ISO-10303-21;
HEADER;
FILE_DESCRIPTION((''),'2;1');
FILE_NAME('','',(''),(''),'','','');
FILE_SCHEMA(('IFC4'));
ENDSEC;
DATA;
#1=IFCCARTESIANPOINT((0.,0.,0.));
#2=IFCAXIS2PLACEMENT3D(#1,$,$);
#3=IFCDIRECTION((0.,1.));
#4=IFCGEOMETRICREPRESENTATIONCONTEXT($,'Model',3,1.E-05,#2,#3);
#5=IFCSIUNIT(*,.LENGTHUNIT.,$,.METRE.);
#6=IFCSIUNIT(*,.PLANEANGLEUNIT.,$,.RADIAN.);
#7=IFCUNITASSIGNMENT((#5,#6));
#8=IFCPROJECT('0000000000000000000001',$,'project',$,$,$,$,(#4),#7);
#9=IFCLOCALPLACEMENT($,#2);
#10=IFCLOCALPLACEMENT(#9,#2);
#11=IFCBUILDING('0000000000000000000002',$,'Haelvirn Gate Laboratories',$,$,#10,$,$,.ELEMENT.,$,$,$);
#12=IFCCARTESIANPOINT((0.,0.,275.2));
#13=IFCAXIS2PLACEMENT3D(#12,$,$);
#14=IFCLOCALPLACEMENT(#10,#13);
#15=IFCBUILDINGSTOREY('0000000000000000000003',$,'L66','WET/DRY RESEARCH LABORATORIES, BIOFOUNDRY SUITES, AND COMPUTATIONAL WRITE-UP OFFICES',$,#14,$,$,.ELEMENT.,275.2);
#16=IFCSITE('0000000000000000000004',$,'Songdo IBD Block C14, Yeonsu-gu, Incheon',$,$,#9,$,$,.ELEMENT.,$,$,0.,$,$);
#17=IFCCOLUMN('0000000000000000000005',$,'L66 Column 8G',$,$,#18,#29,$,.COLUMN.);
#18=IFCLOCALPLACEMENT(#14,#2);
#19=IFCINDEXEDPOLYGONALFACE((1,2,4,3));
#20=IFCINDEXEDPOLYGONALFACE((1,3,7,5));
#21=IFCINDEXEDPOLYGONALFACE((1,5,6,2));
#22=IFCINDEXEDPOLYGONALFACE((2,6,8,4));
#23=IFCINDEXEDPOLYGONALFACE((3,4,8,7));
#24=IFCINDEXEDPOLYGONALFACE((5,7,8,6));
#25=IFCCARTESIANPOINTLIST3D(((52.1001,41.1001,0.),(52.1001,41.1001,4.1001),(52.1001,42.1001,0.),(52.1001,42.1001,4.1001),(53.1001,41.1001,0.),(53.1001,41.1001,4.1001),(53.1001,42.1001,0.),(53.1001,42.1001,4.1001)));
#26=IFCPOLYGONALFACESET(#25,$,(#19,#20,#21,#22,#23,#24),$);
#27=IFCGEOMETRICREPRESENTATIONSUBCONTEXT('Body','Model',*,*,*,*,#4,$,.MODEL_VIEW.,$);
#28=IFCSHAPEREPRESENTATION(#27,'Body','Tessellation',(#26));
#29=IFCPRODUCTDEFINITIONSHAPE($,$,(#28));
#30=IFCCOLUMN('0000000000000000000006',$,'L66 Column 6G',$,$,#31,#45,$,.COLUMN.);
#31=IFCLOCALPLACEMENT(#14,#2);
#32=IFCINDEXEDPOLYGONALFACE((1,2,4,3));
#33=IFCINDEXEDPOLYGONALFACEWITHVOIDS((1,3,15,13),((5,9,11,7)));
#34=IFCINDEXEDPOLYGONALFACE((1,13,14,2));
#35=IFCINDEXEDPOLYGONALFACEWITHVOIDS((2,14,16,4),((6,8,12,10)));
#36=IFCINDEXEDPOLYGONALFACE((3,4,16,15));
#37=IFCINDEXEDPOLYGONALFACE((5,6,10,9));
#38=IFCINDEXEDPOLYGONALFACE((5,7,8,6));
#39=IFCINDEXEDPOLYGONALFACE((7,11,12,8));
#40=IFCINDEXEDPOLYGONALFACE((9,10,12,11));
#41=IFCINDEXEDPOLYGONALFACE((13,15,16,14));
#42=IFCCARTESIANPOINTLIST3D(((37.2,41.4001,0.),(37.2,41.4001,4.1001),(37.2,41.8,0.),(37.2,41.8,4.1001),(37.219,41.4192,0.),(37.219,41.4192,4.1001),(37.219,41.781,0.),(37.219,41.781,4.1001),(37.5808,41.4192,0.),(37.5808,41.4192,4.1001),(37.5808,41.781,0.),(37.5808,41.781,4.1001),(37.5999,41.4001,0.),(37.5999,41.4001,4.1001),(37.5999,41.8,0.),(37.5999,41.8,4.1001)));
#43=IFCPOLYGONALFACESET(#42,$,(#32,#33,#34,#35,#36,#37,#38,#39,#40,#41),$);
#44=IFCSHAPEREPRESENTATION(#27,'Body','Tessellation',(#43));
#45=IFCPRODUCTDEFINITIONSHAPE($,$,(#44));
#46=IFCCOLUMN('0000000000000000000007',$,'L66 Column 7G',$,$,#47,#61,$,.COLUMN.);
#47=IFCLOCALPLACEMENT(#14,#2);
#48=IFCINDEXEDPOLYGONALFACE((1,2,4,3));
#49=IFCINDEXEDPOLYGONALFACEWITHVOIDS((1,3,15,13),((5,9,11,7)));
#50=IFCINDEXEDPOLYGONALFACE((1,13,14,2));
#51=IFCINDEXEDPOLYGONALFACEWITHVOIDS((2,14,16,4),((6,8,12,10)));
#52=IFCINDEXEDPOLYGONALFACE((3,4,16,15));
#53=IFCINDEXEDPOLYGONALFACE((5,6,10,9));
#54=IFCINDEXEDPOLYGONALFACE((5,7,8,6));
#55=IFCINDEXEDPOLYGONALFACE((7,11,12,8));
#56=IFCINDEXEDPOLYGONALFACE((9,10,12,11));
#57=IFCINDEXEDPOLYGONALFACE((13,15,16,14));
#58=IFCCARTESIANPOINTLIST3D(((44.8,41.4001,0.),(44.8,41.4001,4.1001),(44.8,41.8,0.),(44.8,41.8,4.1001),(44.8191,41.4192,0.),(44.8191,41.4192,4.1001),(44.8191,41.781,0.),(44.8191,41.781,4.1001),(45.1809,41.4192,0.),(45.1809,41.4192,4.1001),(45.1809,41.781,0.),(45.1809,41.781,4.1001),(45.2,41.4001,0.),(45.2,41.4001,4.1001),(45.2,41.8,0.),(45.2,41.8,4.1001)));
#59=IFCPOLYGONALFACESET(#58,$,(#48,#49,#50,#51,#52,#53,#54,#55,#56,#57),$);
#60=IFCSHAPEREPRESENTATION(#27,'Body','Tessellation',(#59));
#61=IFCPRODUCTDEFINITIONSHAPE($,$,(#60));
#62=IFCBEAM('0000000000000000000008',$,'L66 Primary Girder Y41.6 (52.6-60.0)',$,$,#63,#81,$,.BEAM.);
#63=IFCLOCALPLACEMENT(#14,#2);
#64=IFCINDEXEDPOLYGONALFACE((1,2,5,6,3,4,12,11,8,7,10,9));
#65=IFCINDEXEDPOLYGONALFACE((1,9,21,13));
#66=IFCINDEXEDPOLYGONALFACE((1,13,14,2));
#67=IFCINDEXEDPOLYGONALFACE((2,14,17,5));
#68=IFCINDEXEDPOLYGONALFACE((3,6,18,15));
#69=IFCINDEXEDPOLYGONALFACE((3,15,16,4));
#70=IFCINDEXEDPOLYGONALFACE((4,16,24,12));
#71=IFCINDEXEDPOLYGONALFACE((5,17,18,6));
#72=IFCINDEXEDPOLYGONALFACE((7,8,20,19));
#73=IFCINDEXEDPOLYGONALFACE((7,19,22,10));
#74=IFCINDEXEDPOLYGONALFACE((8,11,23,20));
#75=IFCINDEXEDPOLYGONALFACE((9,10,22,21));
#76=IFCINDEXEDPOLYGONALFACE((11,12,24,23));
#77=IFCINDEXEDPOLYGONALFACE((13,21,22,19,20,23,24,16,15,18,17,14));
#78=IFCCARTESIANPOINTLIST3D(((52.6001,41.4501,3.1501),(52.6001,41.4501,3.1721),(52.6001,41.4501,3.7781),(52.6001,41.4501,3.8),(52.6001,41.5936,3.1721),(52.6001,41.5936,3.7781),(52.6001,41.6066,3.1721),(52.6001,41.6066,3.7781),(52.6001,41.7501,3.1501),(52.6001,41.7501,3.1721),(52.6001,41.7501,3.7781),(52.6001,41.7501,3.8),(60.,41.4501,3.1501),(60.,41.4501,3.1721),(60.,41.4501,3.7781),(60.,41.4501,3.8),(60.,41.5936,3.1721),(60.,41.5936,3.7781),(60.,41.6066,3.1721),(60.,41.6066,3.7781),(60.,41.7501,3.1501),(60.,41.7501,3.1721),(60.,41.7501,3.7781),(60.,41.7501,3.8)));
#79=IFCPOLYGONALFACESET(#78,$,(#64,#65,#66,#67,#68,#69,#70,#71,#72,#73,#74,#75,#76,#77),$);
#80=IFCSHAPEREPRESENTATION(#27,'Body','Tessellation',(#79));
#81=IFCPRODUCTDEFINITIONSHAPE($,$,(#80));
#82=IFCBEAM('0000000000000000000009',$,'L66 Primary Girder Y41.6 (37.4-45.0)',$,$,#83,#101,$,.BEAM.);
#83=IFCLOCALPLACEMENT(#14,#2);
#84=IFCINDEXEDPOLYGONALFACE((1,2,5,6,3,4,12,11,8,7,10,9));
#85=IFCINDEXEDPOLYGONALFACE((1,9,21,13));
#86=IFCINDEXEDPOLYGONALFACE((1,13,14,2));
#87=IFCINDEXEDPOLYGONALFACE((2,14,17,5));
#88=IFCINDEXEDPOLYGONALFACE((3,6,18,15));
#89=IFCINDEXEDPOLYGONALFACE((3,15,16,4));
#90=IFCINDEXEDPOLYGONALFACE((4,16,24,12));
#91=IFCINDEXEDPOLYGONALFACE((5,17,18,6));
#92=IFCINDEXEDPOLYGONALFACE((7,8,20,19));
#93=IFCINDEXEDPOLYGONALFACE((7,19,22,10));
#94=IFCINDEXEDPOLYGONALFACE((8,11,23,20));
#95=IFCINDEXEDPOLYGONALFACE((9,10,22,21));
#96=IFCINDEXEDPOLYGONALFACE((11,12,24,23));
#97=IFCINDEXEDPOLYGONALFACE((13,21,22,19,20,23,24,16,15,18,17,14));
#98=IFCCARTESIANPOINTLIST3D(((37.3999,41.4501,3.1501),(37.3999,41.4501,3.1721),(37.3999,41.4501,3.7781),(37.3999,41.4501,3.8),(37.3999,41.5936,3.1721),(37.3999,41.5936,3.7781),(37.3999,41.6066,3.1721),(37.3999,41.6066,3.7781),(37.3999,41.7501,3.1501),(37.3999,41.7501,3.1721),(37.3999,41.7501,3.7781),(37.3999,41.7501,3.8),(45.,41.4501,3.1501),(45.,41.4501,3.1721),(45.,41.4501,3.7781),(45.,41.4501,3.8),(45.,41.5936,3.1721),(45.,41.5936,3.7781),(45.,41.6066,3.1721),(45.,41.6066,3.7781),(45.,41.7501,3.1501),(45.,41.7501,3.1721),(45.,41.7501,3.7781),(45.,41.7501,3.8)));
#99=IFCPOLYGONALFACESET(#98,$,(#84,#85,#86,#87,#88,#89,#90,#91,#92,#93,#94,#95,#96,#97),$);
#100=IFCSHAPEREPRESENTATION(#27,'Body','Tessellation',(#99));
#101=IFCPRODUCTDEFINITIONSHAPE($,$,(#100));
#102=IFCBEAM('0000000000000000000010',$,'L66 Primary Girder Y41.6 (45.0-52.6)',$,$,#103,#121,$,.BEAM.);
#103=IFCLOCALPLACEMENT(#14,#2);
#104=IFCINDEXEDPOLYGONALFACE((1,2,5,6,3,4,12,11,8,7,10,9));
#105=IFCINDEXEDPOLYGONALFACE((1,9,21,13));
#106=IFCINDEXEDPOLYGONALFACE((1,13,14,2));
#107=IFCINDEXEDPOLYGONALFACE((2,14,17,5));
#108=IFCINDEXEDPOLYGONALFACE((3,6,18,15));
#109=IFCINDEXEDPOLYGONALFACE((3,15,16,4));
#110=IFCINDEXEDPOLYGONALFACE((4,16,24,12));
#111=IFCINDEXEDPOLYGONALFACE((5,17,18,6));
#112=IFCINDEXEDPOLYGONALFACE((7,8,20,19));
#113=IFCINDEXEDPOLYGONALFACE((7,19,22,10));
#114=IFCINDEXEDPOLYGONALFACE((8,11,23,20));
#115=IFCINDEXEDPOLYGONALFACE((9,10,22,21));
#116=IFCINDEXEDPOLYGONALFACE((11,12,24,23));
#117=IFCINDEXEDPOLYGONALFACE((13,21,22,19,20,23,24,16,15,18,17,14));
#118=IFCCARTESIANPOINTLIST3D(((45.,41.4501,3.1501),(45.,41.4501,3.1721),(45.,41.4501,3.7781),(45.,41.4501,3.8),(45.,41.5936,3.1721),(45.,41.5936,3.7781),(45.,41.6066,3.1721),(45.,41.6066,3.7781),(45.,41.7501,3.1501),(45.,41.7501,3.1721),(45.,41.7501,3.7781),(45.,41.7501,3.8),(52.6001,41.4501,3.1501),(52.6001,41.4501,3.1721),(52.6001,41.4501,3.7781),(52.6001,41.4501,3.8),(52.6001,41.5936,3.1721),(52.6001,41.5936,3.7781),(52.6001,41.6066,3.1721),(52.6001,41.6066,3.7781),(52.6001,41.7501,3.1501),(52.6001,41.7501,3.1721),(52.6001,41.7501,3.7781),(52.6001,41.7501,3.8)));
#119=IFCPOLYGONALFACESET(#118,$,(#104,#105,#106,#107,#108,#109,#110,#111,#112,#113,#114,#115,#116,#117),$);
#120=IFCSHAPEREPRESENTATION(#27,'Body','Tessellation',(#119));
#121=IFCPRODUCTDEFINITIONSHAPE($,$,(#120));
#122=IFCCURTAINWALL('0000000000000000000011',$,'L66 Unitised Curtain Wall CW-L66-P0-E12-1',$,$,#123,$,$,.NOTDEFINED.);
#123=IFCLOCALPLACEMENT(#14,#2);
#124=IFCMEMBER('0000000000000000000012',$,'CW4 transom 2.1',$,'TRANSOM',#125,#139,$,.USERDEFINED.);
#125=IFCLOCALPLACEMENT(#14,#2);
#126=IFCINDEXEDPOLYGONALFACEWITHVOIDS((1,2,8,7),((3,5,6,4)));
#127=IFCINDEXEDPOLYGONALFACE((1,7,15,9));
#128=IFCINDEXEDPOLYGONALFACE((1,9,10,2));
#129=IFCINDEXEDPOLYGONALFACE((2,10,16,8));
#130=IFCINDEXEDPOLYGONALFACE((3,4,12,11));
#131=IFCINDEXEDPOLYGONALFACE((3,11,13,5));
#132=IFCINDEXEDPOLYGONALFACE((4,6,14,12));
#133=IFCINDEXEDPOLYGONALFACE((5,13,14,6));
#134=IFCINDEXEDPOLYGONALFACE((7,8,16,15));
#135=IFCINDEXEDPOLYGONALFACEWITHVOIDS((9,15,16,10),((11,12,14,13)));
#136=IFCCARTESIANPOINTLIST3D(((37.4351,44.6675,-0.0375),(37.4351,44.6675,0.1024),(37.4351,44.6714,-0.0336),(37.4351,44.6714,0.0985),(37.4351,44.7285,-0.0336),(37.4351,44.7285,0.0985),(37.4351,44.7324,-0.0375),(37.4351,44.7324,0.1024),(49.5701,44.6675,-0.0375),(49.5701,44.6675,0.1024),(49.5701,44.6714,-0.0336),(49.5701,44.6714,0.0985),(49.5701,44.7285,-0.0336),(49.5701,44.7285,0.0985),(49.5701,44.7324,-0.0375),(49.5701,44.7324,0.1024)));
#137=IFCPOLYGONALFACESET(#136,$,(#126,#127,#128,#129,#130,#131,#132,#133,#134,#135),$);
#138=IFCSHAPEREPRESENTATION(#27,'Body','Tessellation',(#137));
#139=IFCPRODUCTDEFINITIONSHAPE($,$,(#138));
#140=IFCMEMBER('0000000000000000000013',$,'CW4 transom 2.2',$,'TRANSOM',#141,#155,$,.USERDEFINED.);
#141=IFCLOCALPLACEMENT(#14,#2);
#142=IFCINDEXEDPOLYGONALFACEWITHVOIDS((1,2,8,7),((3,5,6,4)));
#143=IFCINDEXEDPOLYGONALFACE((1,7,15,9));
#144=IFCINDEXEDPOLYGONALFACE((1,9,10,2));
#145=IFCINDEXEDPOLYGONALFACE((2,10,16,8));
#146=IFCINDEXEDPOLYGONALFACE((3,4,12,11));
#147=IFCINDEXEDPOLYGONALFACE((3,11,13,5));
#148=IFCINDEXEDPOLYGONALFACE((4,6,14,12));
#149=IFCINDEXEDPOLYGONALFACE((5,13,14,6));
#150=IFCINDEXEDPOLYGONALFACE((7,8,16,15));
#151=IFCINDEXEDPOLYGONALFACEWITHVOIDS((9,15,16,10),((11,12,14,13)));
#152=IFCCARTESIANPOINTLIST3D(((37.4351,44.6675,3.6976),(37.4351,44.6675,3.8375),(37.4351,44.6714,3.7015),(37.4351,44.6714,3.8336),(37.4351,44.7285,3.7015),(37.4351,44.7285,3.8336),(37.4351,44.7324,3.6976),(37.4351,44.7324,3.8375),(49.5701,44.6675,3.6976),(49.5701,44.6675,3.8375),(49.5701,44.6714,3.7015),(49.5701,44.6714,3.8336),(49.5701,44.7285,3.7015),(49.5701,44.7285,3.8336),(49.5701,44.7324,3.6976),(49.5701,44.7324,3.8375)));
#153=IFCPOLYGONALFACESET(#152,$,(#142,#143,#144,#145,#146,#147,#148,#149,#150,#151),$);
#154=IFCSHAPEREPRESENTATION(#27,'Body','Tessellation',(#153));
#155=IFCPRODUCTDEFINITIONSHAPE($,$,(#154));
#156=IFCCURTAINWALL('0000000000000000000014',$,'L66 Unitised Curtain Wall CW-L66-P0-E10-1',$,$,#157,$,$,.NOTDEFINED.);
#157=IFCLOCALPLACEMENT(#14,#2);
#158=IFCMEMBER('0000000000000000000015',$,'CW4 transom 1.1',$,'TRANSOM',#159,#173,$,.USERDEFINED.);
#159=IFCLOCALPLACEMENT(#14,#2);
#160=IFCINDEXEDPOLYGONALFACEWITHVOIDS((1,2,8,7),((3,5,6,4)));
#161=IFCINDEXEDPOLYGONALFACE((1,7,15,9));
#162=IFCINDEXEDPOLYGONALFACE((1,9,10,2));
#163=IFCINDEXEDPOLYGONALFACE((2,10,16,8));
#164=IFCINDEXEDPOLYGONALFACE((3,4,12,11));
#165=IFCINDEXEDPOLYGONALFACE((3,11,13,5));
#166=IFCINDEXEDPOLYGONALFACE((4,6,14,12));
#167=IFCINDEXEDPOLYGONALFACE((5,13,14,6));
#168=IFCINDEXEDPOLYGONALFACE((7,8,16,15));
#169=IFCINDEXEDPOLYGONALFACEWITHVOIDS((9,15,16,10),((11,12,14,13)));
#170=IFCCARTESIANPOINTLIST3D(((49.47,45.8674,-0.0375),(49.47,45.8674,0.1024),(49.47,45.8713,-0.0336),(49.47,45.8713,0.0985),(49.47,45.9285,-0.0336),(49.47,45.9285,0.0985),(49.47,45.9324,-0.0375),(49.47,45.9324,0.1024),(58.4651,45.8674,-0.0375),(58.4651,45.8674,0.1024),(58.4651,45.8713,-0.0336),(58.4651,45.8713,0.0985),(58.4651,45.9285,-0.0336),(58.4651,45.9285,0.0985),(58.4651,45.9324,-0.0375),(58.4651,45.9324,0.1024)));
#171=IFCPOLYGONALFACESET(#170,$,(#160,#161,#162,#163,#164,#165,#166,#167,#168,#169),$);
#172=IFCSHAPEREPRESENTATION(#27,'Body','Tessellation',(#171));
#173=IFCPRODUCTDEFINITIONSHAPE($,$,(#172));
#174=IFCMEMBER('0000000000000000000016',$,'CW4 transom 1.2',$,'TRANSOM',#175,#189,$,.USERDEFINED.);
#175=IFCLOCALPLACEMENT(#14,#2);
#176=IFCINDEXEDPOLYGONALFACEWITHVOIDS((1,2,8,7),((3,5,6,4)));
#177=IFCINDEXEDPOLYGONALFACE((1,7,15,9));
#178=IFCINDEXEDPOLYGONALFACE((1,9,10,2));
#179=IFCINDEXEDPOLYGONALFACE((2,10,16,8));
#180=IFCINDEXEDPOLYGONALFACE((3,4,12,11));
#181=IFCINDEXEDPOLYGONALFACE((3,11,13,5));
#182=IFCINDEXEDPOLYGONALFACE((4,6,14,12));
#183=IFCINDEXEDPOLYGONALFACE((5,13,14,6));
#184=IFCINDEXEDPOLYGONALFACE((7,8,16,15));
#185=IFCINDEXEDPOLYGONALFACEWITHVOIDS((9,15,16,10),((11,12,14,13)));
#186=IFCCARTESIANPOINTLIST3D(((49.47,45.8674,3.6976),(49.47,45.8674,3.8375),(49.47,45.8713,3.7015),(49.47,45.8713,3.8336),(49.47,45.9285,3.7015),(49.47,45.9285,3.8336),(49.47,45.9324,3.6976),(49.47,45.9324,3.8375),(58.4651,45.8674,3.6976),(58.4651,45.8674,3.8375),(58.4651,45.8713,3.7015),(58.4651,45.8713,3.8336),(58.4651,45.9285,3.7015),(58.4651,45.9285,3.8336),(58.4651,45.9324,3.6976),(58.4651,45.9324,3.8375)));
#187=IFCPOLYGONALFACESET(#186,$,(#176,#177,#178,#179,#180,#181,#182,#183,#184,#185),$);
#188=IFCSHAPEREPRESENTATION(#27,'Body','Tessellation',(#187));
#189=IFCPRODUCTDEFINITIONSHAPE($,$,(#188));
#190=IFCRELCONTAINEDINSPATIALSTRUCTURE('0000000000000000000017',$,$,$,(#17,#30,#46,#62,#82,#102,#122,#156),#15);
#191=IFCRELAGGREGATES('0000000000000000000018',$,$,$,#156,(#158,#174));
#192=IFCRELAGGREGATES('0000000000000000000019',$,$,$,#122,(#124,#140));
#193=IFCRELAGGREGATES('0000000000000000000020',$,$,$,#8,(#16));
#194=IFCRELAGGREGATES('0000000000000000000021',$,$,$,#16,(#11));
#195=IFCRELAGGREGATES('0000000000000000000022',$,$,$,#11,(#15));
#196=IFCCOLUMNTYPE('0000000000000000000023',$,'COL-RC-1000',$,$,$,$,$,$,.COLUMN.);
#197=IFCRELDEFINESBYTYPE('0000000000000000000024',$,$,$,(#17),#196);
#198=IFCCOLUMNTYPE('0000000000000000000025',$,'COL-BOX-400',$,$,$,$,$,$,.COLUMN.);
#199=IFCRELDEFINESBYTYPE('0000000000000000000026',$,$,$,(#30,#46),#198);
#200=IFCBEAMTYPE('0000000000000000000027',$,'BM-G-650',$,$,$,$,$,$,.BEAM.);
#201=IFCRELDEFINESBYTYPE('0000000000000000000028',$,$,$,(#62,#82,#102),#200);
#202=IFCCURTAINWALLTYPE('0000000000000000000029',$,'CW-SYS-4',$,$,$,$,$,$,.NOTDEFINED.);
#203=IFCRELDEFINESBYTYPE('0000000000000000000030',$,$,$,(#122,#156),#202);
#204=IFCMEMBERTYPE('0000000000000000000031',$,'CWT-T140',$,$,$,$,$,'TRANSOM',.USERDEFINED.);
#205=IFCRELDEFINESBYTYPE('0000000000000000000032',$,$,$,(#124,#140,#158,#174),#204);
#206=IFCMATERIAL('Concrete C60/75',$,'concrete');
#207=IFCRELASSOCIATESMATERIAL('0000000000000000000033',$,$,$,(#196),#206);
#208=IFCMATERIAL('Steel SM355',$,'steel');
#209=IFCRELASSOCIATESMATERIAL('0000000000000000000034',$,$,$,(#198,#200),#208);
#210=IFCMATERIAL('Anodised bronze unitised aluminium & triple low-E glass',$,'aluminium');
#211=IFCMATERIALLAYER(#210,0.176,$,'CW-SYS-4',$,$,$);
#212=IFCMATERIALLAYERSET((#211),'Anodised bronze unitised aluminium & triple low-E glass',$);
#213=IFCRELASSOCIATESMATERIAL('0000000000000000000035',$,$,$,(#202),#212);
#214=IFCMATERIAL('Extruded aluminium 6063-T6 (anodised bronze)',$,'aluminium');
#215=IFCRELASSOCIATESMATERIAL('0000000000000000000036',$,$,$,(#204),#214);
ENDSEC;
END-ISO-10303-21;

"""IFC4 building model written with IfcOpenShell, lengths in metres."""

from ifc_helpers import new_model, si_unit, direction, frame, origin, origin_2d, place, context, subcontext, project, spatial, rectangle, hollow_rectangle, i_section, extrude, source, transform, mapped, material, layer, layer_set, material_profile, profile_set, type_object, type_shapes, element, aggregate, save


model = new_model("IFC4")

# Units and contexts
model_context = context("Model", 3, precision=1e-05, world=origin(), true_north=direction((0.0, 1.0)))
body_context = subcontext(model_context, "Body", "Model", "MODEL_VIEW")
ifc_project = project(units=[si_unit("LENGTHUNIT", "METRE"), si_unit("PLANEANGLEUNIT", "RADIAN")], contexts=[model_context])

# Site, building, storey
site_placement = place(None, origin())
site = spatial("IfcSite", under=ifc_project, at=site_placement, Name="Songdo IBD Block C14, Yeonsu-gu, Incheon", CompositionType="ELEMENT", RefElevation=0.0)
building_placement = place(site_placement, origin())
building = spatial("IfcBuilding", under=site, at=building_placement, Name="Haelvirn Gate Laboratories", CompositionType="ELEMENT")
storey_placement = place(building_placement, frame((0.0, 0.0, 275.2)))
storey = spatial("IfcBuildingStorey", under=building, at=storey_placement, Name="L66", Description="WET/DRY RESEARCH LABORATORIES, BIOFOUNDRY SUITES, AND COMPUTATIONAL WRITE-UP OFFICES", CompositionType="ELEMENT", Elevation=275.2)

# Columns
ifc_material_1 = material(Name="Concrete C60/75", Category="concrete")
ifc_material_profile_1 = material_profile(ifc_material_1, rectangle(XDim=1.0, YDim=1.0, at=origin_2d()), Name="RC-1000x1000")
ifc_profile_set_1 = profile_set([ifc_material_profile_1], Name="Concrete C60/75")
column_type_1 = type_object("IfcColumnType", Name="COL-RC-1000", PredefinedType="COLUMN", material=ifc_profile_set_1)
shared_shape_1 = source(origin(), body_context, "Body", "SweptSolid", [
    extrude(rectangle(XDim=1.0, YDim=1.0, at=origin_2d()), origin(), (0.0, 0.0, 1.0), 4.1001),
])
type_shapes(column_type_1, [shared_shape_1])
column_placement = place(storey_placement, frame((52.6001, 41.6001, 0.0), z_axis=(0.0, 0.0, 1.0), x_axis=(1.0, 0.0, 0.0)))
element("IfcColumn", 1, at=column_placement, inside=storey, type_object=column_type_1, Name="L66 Column 8G", PredefinedType="COLUMN", context=body_context, shape_type="MappedRepresentation", body=[
    mapped(shared_shape_1, transform((0.0, 0.0, 0.0), scale=1.0)),
])
ifc_material_2 = material(Name="Steel SM355", Category="steel")
ifc_material_profile_2 = material_profile(ifc_material_2, hollow_rectangle(XDim=0.3999, YDim=0.3999, WallThickness=0.019, at=origin_2d()), Name="BOX-400x400x19")
ifc_profile_set_2 = profile_set([ifc_material_profile_2], Name="Steel SM355")
column_type_2 = type_object("IfcColumnType", Name="COL-BOX-400", PredefinedType="COLUMN", material=ifc_profile_set_2)
shared_shape_2 = source(origin(), body_context, "Body", "SweptSolid", [
    extrude(hollow_rectangle(XDim=0.3999, YDim=0.3999, WallThickness=0.019, at=origin_2d()), origin(), (0.0, 0.0, 1.0), 4.1001),
])
type_shapes(column_type_2, [shared_shape_2])
for number, where, z_axis, x_axis, name in (
    (2, (37.3999, 41.6001, 0.0), (0.0, 0.0, 1.0), (1.0, 0.0, 0.0), "L66 Column 6G"),
    (3, (45.0, 41.6001, 0.0), (0.0, 0.0, 1.0), (1.0, 0.0, 0.0), "L66 Column 7G"),
):
    element("IfcColumn", number, at=place(storey_placement, frame(where, z_axis=z_axis, x_axis=x_axis)), inside=storey, type_object=column_type_2, Name=name, PredefinedType="COLUMN", context=body_context, shape_type="MappedRepresentation", body=[
        mapped(shared_shape_2, transform((0.0, 0.0, 0.0), scale=1.0)),
    ])

# Beams
ifc_material_profile_3 = material_profile(ifc_material_2, i_section(OverallWidth=0.3, OverallDepth=0.6499, WebThickness=0.0129, FlangeThickness=0.022, at=origin_2d()), Name="H-650x300x13x22")
ifc_profile_set_3 = profile_set([ifc_material_profile_3], Name="Steel SM355")
beam_type = type_object("IfcBeamType", Name="BM-G-650", PredefinedType="BEAM", material=ifc_profile_set_3)
shared_shape_3 = source(origin(), body_context, "Body", "SweptSolid", [
    extrude(i_section(OverallWidth=0.3, OverallDepth=0.6499, WebThickness=0.0129, FlangeThickness=0.022, at=origin_2d()), origin(), (0.0, 0.0, 1.0), 7.3999),
])
beam_placement = place(storey_placement, frame((52.6001, 41.6001, 3.4751), z_axis=(1.0, 0.0, 0.0), x_axis=(0.0, 1.0, 0.0)))
element("IfcBeam", 4, at=beam_placement, inside=storey, type_object=beam_type, Name="L66 Primary Girder Y41.6 (52.6-60.0)", PredefinedType="BEAM", context=body_context, shape_type="MappedRepresentation", body=[
    mapped(shared_shape_3, transform((0.0, 0.0, 0.0), scale=1.0)),
])
shared_shape_4 = source(origin(), body_context, "Body", "SweptSolid", [
    extrude(i_section(OverallWidth=0.3, OverallDepth=0.6499, WebThickness=0.0129, FlangeThickness=0.022, at=origin_2d()), origin(), (0.0, 0.0, 1.0), 7.6001),
])
type_shapes(beam_type, [shared_shape_3, shared_shape_4])
for number, where, z_axis, x_axis, name in (
    (5, (37.3999, 41.6001, 3.4751), (1.0, 0.0, 0.0), (0.0, 1.0, 0.0), "L66 Primary Girder Y41.6 (37.4-45.0)"),
    (6, (45.0, 41.6001, 3.4751), (1.0, 0.0, 0.0), (0.0, 1.0, 0.0), "L66 Primary Girder Y41.6 (45.0-52.6)"),
):
    element("IfcBeam", number, at=place(storey_placement, frame(where, z_axis=z_axis, x_axis=x_axis)), inside=storey, type_object=beam_type, Name=name, PredefinedType="BEAM", context=body_context, shape_type="MappedRepresentation", body=[
        mapped(shared_shape_4, transform((0.0, 0.0, 0.0), scale=1.0)),
    ])

# Curtain walls, members
ifc_material_3 = material(Name="Anodised bronze unitised aluminium & triple low-E glass", Category="aluminium")
ifc_layer_1 = layer(ifc_material_3, 0.176, Name="CW-SYS-4")
ifc_layer_set_1 = layer_set([ifc_layer_1], Name="Anodised bronze unitised aluminium & triple low-E glass")
curtain_wall_type = type_object("IfcCurtainWallType", Name="CW-SYS-4", PredefinedType="NOTDEFINED", material=ifc_layer_set_1)
curtain_wall_1_placement = place(storey_placement, origin())
curtain_wall_1 = element("IfcCurtainWall", 7, at=curtain_wall_1_placement, inside=storey, type_object=curtain_wall_type, Name="L66 Unitised Curtain Wall CW-L66-P0-E12-1", PredefinedType="NOTDEFINED")
ifc_material_4 = material(Name="Extruded aluminium 6063-T6 (anodised bronze)", Category="aluminium")
ifc_material_profile_4 = material_profile(ifc_material_4, hollow_rectangle(XDim=0.0649, YDim=0.1399, WallThickness=0.0039, at=origin_2d()), Name="CWT-140x65x4")
ifc_profile_set_4 = profile_set([ifc_material_profile_4], Name="Extruded aluminium 6063-T6 (anodised bronze)")
member_type_1 = type_object("IfcMemberType", Name="CWT-T140", ElementType="TRANSOM", PredefinedType="USERDEFINED", material=ifc_profile_set_4)
shared_shape_5 = source(origin(), body_context, "Body", "SweptSolid", [
    extrude(hollow_rectangle(XDim=0.0649, YDim=0.1399, WallThickness=0.0039, at=origin_2d()), origin(), (0.0, 0.0, 1.0), 12.135),
])
member_1_placement = place(storey_placement, frame((37.4351, 44.7, 0.0325), z_axis=(1.0, 0.0, 0.0), x_axis=(0.0, 1.0, 0.0)))
member_1 = element("IfcMember", 8, at=member_1_placement, type_object=member_type_1, Name="CW4 transom 2.1", ObjectType="TRANSOM", PredefinedType="USERDEFINED", context=body_context, shape_type="MappedRepresentation", body=[
    mapped(shared_shape_5, transform((0.0, 0.0, 0.0), scale=1.0)),
])
member_2_placement = place(storey_placement, frame((37.4351, 44.7, 3.7676), z_axis=(1.0, 0.0, 0.0), x_axis=(0.0, 1.0, 0.0)))
member_2 = element("IfcMember", 9, at=member_2_placement, type_object=member_type_1, Name="CW4 transom 2.2", ObjectType="TRANSOM", PredefinedType="USERDEFINED", context=body_context, shape_type="MappedRepresentation", body=[
    mapped(shared_shape_5, transform((0.0, 0.0, 0.0), scale=1.0)),
])
curtain_wall_2_placement = place(storey_placement, origin())
curtain_wall_2 = element("IfcCurtainWall", 10, at=curtain_wall_2_placement, inside=storey, type_object=curtain_wall_type, Name="L66 Unitised Curtain Wall CW-L66-P0-E10-1", PredefinedType="NOTDEFINED")
shared_shape_6 = source(origin(), body_context, "Body", "SweptSolid", [
    extrude(hollow_rectangle(XDim=0.0649, YDim=0.1399, WallThickness=0.0039, at=origin_2d()), origin(), (0.0, 0.0, 1.0), 8.9951),
])
type_shapes(member_type_1, [shared_shape_5, shared_shape_6])
member_3_placement = place(storey_placement, frame((49.47, 45.8999, 0.0325), z_axis=(1.0, 0.0, 0.0), x_axis=(0.0, 1.0, 0.0)))
member_3 = element("IfcMember", 11, at=member_3_placement, type_object=member_type_1, Name="CW4 transom 1.1", ObjectType="TRANSOM", PredefinedType="USERDEFINED", context=body_context, shape_type="MappedRepresentation", body=[
    mapped(shared_shape_6, transform((0.0, 0.0, 0.0), scale=1.0)),
])
member_4_placement = place(storey_placement, frame((49.47, 45.8999, 3.7676), z_axis=(1.0, 0.0, 0.0), x_axis=(0.0, 1.0, 0.0)))
member_4 = element("IfcMember", 12, at=member_4_placement, type_object=member_type_1, Name="CW4 transom 1.2", ObjectType="TRANSOM", PredefinedType="USERDEFINED", context=body_context, shape_type="MappedRepresentation", body=[
    mapped(shared_shape_6, transform((0.0, 0.0, 0.0), scale=1.0)),
])

aggregate(curtain_wall_2, [member_3, member_4])
aggregate(curtain_wall_1, [member_1, member_2])

save(model, "model.ifc")
